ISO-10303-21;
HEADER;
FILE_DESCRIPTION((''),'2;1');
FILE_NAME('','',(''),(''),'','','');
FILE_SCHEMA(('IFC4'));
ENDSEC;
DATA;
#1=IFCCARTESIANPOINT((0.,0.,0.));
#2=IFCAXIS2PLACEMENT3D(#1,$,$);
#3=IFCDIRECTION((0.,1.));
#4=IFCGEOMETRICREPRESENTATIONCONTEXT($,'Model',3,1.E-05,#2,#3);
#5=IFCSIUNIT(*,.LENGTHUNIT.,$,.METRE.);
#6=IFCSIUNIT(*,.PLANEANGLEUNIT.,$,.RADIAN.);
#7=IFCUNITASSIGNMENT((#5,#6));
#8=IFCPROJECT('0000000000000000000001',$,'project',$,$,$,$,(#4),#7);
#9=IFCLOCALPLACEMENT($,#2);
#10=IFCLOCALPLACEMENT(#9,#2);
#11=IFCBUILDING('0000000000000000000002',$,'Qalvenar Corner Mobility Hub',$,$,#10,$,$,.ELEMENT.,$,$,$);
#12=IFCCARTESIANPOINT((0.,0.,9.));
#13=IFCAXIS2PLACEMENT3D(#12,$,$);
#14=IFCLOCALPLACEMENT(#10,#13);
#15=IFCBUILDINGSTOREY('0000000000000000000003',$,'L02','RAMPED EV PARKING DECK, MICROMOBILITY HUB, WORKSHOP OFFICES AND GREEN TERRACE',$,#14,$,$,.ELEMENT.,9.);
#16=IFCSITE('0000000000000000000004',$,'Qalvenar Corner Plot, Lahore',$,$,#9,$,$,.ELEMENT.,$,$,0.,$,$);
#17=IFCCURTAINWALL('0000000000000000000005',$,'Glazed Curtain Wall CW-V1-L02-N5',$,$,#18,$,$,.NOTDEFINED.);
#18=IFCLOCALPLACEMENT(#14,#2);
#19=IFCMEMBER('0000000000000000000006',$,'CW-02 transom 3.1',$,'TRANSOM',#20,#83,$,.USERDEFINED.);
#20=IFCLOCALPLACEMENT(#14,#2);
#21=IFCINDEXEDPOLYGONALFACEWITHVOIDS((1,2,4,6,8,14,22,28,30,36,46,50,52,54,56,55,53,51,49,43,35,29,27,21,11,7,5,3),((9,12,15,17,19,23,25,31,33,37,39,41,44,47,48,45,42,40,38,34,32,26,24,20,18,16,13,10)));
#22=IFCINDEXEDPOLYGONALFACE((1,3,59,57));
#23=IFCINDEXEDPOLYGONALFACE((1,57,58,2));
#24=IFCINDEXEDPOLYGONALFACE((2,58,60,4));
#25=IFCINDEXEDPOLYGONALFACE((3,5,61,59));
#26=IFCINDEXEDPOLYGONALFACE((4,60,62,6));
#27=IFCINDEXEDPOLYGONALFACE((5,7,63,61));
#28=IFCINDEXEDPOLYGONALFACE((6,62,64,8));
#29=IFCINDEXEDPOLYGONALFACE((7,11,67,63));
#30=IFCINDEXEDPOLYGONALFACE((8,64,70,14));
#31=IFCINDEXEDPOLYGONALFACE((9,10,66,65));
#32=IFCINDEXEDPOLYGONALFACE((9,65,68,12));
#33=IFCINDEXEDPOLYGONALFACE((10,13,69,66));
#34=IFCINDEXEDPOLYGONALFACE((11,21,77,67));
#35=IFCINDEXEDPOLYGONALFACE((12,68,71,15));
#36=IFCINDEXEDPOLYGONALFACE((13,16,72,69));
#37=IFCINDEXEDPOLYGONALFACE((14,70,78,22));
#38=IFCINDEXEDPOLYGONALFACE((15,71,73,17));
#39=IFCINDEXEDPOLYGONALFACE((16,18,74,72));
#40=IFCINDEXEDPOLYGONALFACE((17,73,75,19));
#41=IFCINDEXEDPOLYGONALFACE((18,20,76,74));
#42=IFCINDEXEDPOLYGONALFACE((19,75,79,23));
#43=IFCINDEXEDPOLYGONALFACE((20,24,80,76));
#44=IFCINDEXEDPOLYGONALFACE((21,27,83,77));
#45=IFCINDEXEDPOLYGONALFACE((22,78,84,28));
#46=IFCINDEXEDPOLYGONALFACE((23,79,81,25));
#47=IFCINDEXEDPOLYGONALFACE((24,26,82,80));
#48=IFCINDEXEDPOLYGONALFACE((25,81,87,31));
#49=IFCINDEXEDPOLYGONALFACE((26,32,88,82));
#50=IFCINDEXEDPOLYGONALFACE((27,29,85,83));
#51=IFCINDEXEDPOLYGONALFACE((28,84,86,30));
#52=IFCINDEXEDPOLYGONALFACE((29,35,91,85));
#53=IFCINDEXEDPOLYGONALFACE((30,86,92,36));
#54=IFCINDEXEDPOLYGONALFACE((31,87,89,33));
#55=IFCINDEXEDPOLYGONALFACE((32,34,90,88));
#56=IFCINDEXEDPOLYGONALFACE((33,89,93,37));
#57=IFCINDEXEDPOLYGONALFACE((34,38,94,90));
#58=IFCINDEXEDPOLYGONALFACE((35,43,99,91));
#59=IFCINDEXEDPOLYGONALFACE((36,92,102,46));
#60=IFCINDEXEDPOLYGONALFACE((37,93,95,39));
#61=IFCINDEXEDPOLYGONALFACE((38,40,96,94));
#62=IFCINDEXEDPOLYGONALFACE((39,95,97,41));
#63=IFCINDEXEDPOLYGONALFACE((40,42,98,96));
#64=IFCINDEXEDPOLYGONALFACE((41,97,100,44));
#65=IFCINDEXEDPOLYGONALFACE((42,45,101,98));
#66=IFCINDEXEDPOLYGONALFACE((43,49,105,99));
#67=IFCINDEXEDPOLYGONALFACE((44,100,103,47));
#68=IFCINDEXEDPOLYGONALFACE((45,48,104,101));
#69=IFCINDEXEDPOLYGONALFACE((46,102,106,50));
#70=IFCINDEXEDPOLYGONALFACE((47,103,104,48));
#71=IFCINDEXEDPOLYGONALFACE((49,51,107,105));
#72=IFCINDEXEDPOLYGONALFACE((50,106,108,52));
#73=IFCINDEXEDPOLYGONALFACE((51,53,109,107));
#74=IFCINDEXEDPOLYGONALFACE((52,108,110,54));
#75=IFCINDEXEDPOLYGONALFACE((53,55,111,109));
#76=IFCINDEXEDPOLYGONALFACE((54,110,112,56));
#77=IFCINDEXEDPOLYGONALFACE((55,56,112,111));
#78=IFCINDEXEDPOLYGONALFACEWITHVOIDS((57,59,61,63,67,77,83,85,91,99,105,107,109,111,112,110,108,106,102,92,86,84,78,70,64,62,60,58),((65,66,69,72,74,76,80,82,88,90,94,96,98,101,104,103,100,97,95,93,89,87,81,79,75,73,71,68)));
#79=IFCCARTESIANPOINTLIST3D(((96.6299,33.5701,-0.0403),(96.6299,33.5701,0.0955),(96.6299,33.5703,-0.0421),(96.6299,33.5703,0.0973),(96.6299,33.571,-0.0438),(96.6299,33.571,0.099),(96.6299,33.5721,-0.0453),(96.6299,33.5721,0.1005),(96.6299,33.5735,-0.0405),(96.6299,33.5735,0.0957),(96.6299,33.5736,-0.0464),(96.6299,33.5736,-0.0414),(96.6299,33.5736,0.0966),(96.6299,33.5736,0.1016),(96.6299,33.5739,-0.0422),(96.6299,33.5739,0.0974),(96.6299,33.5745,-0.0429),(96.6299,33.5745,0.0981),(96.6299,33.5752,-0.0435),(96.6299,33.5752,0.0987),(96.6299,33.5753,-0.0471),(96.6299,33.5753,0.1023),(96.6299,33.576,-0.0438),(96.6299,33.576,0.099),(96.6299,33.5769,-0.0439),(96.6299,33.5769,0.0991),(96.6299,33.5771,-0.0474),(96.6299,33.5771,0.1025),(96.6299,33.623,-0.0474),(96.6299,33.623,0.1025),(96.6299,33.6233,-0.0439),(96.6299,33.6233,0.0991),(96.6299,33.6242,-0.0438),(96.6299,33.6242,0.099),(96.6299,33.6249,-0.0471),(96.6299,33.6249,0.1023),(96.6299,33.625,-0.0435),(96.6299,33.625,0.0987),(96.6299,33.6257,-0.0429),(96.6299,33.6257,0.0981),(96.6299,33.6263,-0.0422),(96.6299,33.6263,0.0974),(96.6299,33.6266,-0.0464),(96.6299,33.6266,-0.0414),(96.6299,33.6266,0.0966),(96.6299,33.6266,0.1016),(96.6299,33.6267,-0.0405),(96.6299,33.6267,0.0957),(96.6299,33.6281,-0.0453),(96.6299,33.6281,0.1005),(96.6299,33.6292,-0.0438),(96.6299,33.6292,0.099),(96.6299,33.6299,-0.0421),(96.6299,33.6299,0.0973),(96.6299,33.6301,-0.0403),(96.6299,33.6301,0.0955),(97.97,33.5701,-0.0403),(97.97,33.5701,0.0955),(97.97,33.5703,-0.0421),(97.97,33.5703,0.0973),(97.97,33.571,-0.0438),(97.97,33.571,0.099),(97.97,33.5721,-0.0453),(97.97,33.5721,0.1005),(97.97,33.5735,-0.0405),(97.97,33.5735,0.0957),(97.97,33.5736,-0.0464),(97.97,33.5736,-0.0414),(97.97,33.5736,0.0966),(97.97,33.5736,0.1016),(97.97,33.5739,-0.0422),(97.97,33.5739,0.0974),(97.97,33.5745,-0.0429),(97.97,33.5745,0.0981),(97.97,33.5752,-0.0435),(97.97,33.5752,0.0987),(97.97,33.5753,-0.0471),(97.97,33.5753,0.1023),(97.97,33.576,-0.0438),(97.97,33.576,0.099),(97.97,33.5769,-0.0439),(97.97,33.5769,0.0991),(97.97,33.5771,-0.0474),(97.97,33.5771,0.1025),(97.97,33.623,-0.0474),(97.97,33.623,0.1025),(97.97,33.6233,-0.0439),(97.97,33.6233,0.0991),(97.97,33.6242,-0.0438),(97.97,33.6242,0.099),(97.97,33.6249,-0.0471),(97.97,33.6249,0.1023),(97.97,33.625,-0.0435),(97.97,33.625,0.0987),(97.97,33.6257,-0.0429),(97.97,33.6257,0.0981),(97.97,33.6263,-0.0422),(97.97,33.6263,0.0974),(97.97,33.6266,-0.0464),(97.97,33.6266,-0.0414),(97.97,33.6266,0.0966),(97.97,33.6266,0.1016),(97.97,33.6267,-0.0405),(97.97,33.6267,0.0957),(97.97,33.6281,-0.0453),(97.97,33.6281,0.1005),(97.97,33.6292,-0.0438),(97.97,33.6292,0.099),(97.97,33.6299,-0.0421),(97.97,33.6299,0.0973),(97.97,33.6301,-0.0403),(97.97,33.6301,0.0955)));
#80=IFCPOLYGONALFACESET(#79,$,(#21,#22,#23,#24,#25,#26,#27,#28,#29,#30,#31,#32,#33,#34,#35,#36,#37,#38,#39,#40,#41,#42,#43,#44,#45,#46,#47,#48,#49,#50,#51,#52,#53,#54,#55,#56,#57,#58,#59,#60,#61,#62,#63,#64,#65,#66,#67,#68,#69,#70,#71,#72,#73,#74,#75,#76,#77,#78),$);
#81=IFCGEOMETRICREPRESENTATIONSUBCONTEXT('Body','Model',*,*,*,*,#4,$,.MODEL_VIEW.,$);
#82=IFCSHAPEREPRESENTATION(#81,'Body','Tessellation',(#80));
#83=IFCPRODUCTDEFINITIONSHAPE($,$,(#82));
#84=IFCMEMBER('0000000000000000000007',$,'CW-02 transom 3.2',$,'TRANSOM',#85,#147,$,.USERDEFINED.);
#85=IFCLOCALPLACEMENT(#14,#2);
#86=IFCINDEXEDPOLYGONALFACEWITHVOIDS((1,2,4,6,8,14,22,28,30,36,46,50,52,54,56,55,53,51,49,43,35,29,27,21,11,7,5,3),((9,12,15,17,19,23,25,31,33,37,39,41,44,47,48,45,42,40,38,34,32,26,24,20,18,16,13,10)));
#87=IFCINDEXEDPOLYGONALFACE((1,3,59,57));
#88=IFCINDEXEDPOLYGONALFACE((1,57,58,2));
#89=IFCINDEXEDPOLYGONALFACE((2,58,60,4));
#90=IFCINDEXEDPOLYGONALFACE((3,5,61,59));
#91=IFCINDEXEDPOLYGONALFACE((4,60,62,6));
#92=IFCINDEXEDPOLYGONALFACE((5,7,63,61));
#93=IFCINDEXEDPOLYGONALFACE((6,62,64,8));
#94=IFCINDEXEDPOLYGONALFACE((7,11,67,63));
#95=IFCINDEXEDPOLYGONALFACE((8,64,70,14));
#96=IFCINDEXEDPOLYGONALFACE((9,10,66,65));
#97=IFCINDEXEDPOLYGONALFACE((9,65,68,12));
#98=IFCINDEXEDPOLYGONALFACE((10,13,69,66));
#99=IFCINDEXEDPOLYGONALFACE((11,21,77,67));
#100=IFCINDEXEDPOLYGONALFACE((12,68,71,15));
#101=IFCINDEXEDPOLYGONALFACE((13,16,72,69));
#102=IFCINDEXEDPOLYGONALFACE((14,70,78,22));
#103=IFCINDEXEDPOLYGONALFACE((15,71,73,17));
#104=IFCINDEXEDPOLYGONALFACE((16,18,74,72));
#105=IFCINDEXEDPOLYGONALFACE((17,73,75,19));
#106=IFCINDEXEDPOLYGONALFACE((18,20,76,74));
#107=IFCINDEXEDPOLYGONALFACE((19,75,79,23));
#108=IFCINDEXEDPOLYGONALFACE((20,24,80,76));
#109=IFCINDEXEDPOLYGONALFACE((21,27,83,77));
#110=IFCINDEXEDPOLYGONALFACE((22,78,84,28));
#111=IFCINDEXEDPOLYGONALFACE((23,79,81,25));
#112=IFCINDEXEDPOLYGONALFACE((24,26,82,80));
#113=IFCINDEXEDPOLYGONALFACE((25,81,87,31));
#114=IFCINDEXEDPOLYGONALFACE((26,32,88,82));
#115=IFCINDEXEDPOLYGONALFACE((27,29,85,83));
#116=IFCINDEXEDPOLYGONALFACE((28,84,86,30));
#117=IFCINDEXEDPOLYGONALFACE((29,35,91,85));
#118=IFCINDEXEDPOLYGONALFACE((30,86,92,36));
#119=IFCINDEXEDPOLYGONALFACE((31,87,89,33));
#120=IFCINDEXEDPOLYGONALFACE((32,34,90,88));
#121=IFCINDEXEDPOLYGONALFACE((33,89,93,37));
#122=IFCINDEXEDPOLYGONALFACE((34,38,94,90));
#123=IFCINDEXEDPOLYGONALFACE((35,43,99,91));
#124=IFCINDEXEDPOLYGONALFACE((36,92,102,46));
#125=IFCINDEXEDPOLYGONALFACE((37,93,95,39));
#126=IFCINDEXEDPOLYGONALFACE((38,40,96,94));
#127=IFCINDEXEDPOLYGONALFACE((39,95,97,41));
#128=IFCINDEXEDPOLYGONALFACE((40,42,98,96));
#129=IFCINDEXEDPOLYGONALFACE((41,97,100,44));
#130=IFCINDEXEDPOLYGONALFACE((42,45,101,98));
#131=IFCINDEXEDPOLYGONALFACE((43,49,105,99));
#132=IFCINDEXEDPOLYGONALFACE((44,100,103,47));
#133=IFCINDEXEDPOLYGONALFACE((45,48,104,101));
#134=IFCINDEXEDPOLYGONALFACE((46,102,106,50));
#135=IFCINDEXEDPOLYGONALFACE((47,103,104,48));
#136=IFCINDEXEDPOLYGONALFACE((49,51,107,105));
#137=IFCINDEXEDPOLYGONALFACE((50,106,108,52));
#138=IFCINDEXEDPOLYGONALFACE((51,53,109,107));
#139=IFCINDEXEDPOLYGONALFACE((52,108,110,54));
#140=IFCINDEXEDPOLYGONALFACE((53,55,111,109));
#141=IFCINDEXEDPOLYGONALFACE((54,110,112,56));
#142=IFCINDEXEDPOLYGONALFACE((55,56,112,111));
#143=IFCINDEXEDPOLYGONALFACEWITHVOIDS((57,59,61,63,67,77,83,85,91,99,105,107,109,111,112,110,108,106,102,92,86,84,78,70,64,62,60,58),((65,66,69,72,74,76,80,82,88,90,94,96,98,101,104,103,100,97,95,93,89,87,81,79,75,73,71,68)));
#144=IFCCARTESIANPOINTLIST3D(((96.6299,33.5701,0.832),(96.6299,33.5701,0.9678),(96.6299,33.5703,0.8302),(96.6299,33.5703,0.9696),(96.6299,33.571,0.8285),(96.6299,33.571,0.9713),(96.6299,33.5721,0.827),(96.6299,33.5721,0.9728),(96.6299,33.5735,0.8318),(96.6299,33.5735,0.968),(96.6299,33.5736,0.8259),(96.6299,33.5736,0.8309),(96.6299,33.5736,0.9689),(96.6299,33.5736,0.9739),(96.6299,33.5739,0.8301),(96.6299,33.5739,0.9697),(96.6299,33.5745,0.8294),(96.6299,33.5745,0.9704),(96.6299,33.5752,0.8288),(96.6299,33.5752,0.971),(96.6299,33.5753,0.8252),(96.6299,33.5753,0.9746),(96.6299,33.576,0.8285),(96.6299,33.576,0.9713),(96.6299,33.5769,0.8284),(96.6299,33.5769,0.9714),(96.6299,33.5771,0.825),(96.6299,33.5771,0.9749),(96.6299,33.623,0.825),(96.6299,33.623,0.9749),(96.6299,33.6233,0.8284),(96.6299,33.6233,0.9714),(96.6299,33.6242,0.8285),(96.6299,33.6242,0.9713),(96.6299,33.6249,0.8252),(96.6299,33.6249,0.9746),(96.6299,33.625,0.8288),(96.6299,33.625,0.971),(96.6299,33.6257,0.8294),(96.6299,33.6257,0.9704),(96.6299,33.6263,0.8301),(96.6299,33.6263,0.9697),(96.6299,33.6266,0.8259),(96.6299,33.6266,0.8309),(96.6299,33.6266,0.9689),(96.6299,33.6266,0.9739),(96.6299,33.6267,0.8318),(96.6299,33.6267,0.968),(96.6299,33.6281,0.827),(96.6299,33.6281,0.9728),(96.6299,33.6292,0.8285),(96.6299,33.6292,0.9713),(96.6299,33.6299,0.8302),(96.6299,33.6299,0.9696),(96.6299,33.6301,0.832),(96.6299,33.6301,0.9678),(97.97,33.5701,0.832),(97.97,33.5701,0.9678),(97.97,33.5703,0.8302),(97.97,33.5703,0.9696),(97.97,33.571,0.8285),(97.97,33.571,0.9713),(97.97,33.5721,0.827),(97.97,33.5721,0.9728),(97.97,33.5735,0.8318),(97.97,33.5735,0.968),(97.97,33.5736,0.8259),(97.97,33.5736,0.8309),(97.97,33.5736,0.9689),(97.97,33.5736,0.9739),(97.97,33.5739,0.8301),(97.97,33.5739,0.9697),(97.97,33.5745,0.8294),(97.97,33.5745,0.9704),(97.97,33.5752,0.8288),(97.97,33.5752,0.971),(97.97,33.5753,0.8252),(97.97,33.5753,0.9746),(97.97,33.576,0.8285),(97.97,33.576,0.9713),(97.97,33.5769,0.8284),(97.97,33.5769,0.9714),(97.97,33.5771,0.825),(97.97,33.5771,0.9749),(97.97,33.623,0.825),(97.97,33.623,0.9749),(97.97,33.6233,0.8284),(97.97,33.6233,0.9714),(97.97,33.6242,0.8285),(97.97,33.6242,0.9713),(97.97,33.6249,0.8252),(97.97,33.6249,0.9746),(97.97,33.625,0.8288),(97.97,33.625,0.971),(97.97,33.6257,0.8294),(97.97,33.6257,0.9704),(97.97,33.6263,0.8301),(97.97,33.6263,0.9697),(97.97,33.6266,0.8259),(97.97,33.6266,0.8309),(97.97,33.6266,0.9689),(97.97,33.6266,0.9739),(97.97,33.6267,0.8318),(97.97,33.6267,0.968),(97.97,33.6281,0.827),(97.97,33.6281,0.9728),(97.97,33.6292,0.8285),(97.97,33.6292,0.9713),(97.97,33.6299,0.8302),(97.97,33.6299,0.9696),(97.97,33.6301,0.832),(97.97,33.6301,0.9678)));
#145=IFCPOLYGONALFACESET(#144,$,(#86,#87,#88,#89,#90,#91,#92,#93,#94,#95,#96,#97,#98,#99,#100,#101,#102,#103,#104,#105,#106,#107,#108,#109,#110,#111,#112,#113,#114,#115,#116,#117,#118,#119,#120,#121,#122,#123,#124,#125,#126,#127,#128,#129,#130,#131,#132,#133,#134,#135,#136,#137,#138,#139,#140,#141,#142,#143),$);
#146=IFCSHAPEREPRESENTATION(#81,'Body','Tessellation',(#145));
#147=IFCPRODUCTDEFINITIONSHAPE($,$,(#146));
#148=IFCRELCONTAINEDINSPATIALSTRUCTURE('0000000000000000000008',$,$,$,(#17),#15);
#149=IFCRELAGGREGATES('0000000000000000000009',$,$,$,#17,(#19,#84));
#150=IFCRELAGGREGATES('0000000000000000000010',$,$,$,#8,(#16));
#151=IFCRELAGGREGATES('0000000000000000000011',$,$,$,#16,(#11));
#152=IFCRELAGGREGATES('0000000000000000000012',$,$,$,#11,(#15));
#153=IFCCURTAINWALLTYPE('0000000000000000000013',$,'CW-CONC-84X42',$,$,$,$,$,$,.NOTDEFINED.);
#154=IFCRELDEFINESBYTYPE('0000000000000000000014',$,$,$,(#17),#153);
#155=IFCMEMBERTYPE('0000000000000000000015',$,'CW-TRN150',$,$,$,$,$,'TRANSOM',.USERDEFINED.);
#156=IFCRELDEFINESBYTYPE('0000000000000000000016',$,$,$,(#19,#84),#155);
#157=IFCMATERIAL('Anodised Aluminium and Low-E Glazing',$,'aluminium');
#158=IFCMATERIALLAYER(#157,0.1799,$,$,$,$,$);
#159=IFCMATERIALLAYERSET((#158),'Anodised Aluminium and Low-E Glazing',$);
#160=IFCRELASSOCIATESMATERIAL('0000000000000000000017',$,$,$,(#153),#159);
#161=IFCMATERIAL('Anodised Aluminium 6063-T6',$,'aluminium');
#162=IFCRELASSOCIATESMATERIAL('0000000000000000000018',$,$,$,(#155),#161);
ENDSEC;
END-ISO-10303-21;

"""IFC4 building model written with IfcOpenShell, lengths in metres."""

from ifc_helpers import new_model, si_unit, direction, frame, origin, origin_2d, place, context, subcontext, project, spatial, hollow_rectangle, extrude, material, layer, layer_set, material_profile, profile_set, type_object, element, aggregate, save


model = new_model("IFC4")

# Units and contexts
model_context = context("Model", 3, precision=1e-05, world=origin(), true_north=direction((0.0, 1.0)))
body_context = subcontext(model_context, "Body", "Model", "MODEL_VIEW")
ifc_project = project(units=[si_unit("LENGTHUNIT", "METRE"), si_unit("PLANEANGLEUNIT", "RADIAN")], contexts=[model_context])

# Site, building, storey
site_placement = place(None, origin())
site = spatial("IfcSite", under=ifc_project, at=site_placement, Name="Qalvenar Corner Plot, Lahore", CompositionType="ELEMENT", RefElevation=0.0)
building_placement = place(site_placement, origin())
building = spatial("IfcBuilding", under=site, at=building_placement, Name="Qalvenar Corner Mobility Hub", CompositionType="ELEMENT")
storey_placement = place(building_placement, frame((0.0, 0.0, 9.0)))
storey = spatial("IfcBuildingStorey", under=building, at=storey_placement, Name="L02", Description="RAMPED EV PARKING DECK, MICROMOBILITY HUB, WORKSHOP OFFICES AND GREEN TERRACE", CompositionType="ELEMENT", Elevation=9.0)

# Curtain wall, members
ifc_material_1 = material(Name="Anodised Aluminium and Low-E Glazing", Category="aluminium")
ifc_layer_1 = layer(ifc_material_1, 0.1799)
ifc_layer_set_1 = layer_set([ifc_layer_1], Name="Anodised Aluminium and Low-E Glazing")
curtain_wall_type = type_object("IfcCurtainWallType", Name="CW-CONC-84X42", PredefinedType="NOTDEFINED", material=ifc_layer_set_1)
curtain_wall_placement = place(storey_placement, origin())
curtain_wall = element("IfcCurtainWall", 1, at=curtain_wall_placement, inside=storey, type_object=curtain_wall_type, Name="Glazed Curtain Wall CW-V1-L02-N5", PredefinedType="NOTDEFINED")
ifc_material_2 = material(Name="Anodised Aluminium 6063-T6", Category="aluminium")
ifc_material_profile_1 = material_profile(ifc_material_2, hollow_rectangle(XDim=0.0601, YDim=0.1499, WallThickness=0.0034, InnerFilletRadius=0.0034, OuterFilletRadius=0.0071, at=origin_2d()), Name="RHS150x60x3.5")
ifc_profile_set_1 = profile_set([ifc_material_profile_1], Name="Anodised Aluminium 6063-T6")
member_type_1 = type_object("IfcMemberType", Name="CW-TRN150", ElementType="TRANSOM", PredefinedType="USERDEFINED", material=ifc_profile_set_1)
member_1_placement = place(storey_placement, frame((97.97, 33.6001, 0.0276), z_axis=(-1.0, 0.0, 0.0), x_axis=(0.0, -1.0, 0.0)))
member_1 = element("IfcMember", 2, at=member_1_placement, type_object=member_type_1, Name="CW-02 transom 3.1", ObjectType="TRANSOM", PredefinedType="USERDEFINED", context=body_context, shape_type="SweptSolid", body=[
    extrude(hollow_rectangle(XDim=0.0601, YDim=0.1499, WallThickness=0.0034, InnerFilletRadius=0.0034, OuterFilletRadius=0.0071, at=origin_2d()), origin(), (0.0, 0.0, 1.0), 1.3401),
])
member_2_placement = place(storey_placement, frame((97.97, 33.6001, 0.8999), z_axis=(-1.0, 0.0, 0.0), x_axis=(0.0, -1.0, 0.0)))
member_2 = element("IfcMember", 3, at=member_2_placement, type_object=member_type_1, Name="CW-02 transom 3.2", ObjectType="TRANSOM", PredefinedType="USERDEFINED", context=body_context, shape_type="SweptSolid", body=[
    extrude(hollow_rectangle(XDim=0.0601, YDim=0.1499, WallThickness=0.0034, InnerFilletRadius=0.0034, OuterFilletRadius=0.0071, at=origin_2d()), origin(), (0.0, 0.0, 1.0), 1.3401),
])
aggregate(curtain_wall, [member_1, member_2])

save(model, "model.ifc")
